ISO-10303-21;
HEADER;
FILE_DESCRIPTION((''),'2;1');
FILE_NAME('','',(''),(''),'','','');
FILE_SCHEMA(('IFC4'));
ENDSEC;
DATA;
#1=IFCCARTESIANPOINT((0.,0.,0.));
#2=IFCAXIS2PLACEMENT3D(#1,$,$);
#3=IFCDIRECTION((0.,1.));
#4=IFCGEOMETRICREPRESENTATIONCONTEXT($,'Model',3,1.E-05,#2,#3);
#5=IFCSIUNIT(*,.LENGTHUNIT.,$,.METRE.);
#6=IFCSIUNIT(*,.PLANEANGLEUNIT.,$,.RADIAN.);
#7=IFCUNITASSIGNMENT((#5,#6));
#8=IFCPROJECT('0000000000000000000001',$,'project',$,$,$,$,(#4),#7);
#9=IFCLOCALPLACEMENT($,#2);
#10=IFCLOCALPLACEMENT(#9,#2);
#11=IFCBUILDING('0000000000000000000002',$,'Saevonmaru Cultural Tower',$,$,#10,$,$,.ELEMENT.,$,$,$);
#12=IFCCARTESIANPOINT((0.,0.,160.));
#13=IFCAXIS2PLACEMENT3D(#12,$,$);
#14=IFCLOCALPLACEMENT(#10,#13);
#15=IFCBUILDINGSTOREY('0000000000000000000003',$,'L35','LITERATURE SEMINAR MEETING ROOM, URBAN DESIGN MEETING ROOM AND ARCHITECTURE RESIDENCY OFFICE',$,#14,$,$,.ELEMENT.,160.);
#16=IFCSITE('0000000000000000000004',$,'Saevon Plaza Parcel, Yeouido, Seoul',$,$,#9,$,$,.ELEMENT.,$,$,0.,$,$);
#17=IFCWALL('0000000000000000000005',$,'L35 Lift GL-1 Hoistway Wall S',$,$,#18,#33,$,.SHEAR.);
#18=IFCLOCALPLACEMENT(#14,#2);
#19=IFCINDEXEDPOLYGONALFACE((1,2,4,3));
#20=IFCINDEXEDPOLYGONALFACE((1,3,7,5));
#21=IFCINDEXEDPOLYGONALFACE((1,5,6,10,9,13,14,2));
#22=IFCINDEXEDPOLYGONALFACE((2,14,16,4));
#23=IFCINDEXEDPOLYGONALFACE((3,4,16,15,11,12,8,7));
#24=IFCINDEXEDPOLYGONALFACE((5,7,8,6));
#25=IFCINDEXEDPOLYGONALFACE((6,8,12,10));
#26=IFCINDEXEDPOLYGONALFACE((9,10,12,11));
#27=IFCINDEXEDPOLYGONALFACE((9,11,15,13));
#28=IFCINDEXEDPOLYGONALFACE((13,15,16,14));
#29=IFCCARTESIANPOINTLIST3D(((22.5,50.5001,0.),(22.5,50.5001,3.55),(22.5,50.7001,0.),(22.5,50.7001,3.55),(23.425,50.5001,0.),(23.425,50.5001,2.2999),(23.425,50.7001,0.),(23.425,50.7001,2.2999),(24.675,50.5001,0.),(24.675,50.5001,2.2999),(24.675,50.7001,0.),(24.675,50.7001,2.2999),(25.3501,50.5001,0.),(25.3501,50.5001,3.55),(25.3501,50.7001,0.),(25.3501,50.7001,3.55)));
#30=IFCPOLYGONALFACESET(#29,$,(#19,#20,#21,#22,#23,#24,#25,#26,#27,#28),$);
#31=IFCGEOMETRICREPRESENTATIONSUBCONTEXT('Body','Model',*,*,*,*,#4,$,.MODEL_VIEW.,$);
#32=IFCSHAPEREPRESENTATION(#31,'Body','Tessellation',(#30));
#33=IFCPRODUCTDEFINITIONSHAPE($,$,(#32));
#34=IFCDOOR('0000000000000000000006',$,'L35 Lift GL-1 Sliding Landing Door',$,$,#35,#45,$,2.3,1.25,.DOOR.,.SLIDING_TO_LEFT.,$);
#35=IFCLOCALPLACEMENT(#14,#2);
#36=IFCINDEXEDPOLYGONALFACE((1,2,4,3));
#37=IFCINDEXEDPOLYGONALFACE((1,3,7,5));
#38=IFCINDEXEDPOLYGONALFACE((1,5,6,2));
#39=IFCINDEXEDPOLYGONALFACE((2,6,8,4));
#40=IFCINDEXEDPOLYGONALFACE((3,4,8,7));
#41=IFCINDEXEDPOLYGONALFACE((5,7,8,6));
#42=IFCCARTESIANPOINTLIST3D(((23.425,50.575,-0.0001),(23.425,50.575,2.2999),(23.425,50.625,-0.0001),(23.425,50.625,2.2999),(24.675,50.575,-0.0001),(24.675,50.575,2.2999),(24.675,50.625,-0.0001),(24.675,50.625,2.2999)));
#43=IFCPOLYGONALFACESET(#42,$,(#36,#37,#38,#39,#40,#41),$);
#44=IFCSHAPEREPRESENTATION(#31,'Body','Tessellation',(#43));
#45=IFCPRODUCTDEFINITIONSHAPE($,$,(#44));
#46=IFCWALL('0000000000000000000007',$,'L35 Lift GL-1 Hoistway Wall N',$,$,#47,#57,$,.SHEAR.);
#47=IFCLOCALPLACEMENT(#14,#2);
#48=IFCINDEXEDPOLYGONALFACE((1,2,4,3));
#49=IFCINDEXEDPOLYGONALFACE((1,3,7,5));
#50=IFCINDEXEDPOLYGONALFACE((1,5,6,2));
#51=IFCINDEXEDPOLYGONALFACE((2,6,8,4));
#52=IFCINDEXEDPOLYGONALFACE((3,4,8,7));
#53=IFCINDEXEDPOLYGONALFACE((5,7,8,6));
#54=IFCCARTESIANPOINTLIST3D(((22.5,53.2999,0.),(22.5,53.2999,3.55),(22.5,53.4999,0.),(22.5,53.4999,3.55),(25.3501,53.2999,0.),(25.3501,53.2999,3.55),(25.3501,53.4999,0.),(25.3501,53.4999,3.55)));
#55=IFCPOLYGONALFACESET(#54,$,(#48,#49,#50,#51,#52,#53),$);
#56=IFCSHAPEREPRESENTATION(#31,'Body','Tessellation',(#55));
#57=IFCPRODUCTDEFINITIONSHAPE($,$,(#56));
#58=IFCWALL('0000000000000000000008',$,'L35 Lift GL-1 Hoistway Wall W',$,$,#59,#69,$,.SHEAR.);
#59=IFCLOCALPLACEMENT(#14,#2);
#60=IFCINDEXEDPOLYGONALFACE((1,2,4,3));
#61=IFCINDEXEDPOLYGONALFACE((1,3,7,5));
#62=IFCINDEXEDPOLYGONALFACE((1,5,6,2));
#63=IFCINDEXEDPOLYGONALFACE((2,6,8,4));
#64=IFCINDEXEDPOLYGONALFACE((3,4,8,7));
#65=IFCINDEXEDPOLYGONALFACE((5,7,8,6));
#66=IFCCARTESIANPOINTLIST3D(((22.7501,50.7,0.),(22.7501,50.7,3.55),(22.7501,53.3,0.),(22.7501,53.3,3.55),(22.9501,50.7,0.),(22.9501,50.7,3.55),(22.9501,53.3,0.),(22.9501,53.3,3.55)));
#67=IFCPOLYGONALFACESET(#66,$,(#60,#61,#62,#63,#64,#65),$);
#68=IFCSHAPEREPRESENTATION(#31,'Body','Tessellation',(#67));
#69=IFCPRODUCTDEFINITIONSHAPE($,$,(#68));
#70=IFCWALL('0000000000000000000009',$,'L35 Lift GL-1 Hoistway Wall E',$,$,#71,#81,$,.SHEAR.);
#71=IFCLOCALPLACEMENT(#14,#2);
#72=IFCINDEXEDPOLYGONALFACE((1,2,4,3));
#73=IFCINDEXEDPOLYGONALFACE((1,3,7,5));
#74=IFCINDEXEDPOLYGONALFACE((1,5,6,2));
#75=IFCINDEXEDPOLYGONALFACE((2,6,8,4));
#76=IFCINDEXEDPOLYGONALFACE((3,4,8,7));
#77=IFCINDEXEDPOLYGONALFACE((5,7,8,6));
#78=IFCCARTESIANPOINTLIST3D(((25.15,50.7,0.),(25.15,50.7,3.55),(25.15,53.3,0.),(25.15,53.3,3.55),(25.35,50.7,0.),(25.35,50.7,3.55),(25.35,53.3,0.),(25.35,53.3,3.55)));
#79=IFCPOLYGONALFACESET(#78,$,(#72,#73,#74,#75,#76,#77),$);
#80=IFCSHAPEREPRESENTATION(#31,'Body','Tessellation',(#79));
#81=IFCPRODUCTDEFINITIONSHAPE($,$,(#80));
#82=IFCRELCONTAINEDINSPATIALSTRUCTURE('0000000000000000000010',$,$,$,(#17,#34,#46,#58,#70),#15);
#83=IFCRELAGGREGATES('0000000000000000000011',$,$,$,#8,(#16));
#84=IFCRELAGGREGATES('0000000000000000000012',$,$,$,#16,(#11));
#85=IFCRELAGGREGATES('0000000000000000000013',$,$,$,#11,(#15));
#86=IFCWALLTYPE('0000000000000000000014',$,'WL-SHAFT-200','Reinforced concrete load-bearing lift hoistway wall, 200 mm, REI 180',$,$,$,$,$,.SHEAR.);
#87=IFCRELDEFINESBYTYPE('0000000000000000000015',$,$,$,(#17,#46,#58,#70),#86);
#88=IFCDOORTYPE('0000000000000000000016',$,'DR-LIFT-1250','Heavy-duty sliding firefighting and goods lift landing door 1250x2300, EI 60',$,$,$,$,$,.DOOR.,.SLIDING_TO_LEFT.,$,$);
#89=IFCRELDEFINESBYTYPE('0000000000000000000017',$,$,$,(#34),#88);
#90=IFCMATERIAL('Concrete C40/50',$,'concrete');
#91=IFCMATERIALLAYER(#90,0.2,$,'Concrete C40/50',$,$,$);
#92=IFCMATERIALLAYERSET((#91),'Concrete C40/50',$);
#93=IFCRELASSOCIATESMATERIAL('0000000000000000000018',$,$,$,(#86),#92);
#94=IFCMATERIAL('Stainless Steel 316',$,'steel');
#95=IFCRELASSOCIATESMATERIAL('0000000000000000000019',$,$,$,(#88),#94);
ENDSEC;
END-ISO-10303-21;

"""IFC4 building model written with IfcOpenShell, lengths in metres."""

from ifc_helpers import new_model, si_unit, direction, frame, frame_2d, origin, place, context, subcontext, project, spatial, rectangle, extrude, material, layer, layer_set, type_object, element, fill, save


model = new_model("IFC4")

# Units and contexts
model_context = context("Model", 3, precision=1e-05, world=origin(), true_north=direction((0.0, 1.0)))
body_context = subcontext(model_context, "Body", "Model", "MODEL_VIEW")
ifc_project = project(units=[si_unit("LENGTHUNIT", "METRE"), si_unit("PLANEANGLEUNIT", "RADIAN")], contexts=[model_context])

# Site, building, storey
site_placement = place(None, origin())
site = spatial("IfcSite", under=ifc_project, at=site_placement, Name="Saevon Plaza Parcel, Yeouido, Seoul", CompositionType="ELEMENT", RefElevation=0.0)
building_placement = place(site_placement, origin())
building = spatial("IfcBuilding", under=site, at=building_placement, Name="Saevonmaru Cultural Tower", CompositionType="ELEMENT")
storey_placement = place(building_placement, frame((0.0, 0.0, 160.0)))
storey = spatial("IfcBuildingStorey", under=building, at=storey_placement, Name="L35", Description="LITERATURE SEMINAR MEETING ROOM, URBAN DESIGN MEETING ROOM AND ARCHITECTURE RESIDENCY OFFICE", CompositionType="ELEMENT", Elevation=160.0)

# Shared definitions
ifc_material_1 = material(Name="Concrete C40/50", Category="concrete")
ifc_layer_1 = layer(ifc_material_1, 0.2, Name="Concrete C40/50")
ifc_layer_set_1 = layer_set([ifc_layer_1], Name="Concrete C40/50")
wall_type_1 = type_object("IfcWallType", Name="WL-SHAFT-200", Description="Reinforced concrete load-bearing lift hoistway wall, 200 mm, REI 180", PredefinedType="SHEAR", material=ifc_layer_set_1)

# Wall, opening, door
wall_1_placement = place(storey_placement, frame((22.5, 50.6001, 0.0), z_axis=(0.0, 0.0, 1.0), x_axis=(1.0, 0.0, 0.0)))
wall_1 = element("IfcWall", 1, at=wall_1_placement, inside=storey, type_object=wall_type_1, Name="L35 Lift GL-1 Hoistway Wall S", PredefinedType="SHEAR", context=body_context, shape_type="SweptSolid", body=[
    extrude(rectangle(XDim=2.8501, YDim=0.2, at=frame_2d((1.425, 0.0))), origin(), (0.0, 0.0, 1.0), 3.55),
])
opening_placement = place(wall_1_placement, frame((0.925, 0.0, 0.0)))
opening = element("IfcOpeningElement", 2, at=opening_placement, cuts=wall_1, PredefinedType="OPENING", context=body_context, shape_type="SweptSolid", body=[
    extrude(rectangle(XDim=1.25, YDim=2.3, at=frame_2d((0.625, 1.1499))), frame((0.0, 0.1099, 0.0), z_axis=(0.0, -1.0, 0.0), x_axis=(1.0, 0.0, 0.0)), (0.0, 0.0, 1.0), 0.22),
])
ifc_material_2 = material(Name="Stainless Steel 316", Category="steel")
door_type = type_object("IfcDoorType", Name="DR-LIFT-1250", Description="Heavy-duty sliding firefighting and goods lift landing door 1250x2300, EI 60", OperationType="SLIDING_TO_LEFT", PredefinedType="DOOR", material=ifc_material_2)
door_placement = place(opening_placement, origin())
door = element("IfcDoor", 3, at=door_placement, inside=storey, type_object=door_type, Name="L35 Lift GL-1 Sliding Landing Door", OperationType="SLIDING_TO_LEFT", OverallHeight=2.3, OverallWidth=1.25, PredefinedType="DOOR", context=body_context, shape_type="SweptSolid", body=[
    extrude(rectangle(XDim=1.25, YDim=2.3, at=frame_2d((0.625, 1.1499))), frame((0.0, 0.0249, 0.0), z_axis=(0.0, -1.0, 0.0), x_axis=(1.0, 0.0, 0.0)), (0.0, 0.0, 1.0), 0.05),
])
fill(opening, door)

# Walls
wall_2_placement = place(storey_placement, frame((22.5, 53.3999, 0.0), z_axis=(0.0, 0.0, 1.0), x_axis=(1.0, 0.0, 0.0)))
element("IfcWall", 4, at=wall_2_placement, inside=storey, type_object=wall_type_1, Name="L35 Lift GL-1 Hoistway Wall N", PredefinedType="SHEAR", context=body_context, shape_type="SweptSolid", body=[
    extrude(rectangle(XDim=2.8501, YDim=0.2, at=frame_2d((1.425, 0.0))), origin(), (0.0, 0.0, 1.0), 3.55),
])
for number, where, z_axis, x_axis, name in (
    (5, (22.8501, 50.7, 0.0), (0.0, 0.0, 1.0), (0.0, 1.0, 0.0), "L35 Lift GL-1 Hoistway Wall W"),
    (6, (25.25, 50.7, 0.0), (0.0, 0.0, 1.0), (0.0, 1.0, 0.0), "L35 Lift GL-1 Hoistway Wall E"),
):
    element("IfcWall", number, at=place(storey_placement, frame(where, z_axis=z_axis, x_axis=x_axis)), inside=storey, type_object=wall_type_1, Name=name, PredefinedType="SHEAR", context=body_context, shape_type="SweptSolid", body=[
        extrude(rectangle(XDim=2.6001, YDim=0.2, at=frame_2d((1.3, 0.0))), origin(), (0.0, 0.0, 1.0), 3.55),
    ])

save(model, "model.ifc")
